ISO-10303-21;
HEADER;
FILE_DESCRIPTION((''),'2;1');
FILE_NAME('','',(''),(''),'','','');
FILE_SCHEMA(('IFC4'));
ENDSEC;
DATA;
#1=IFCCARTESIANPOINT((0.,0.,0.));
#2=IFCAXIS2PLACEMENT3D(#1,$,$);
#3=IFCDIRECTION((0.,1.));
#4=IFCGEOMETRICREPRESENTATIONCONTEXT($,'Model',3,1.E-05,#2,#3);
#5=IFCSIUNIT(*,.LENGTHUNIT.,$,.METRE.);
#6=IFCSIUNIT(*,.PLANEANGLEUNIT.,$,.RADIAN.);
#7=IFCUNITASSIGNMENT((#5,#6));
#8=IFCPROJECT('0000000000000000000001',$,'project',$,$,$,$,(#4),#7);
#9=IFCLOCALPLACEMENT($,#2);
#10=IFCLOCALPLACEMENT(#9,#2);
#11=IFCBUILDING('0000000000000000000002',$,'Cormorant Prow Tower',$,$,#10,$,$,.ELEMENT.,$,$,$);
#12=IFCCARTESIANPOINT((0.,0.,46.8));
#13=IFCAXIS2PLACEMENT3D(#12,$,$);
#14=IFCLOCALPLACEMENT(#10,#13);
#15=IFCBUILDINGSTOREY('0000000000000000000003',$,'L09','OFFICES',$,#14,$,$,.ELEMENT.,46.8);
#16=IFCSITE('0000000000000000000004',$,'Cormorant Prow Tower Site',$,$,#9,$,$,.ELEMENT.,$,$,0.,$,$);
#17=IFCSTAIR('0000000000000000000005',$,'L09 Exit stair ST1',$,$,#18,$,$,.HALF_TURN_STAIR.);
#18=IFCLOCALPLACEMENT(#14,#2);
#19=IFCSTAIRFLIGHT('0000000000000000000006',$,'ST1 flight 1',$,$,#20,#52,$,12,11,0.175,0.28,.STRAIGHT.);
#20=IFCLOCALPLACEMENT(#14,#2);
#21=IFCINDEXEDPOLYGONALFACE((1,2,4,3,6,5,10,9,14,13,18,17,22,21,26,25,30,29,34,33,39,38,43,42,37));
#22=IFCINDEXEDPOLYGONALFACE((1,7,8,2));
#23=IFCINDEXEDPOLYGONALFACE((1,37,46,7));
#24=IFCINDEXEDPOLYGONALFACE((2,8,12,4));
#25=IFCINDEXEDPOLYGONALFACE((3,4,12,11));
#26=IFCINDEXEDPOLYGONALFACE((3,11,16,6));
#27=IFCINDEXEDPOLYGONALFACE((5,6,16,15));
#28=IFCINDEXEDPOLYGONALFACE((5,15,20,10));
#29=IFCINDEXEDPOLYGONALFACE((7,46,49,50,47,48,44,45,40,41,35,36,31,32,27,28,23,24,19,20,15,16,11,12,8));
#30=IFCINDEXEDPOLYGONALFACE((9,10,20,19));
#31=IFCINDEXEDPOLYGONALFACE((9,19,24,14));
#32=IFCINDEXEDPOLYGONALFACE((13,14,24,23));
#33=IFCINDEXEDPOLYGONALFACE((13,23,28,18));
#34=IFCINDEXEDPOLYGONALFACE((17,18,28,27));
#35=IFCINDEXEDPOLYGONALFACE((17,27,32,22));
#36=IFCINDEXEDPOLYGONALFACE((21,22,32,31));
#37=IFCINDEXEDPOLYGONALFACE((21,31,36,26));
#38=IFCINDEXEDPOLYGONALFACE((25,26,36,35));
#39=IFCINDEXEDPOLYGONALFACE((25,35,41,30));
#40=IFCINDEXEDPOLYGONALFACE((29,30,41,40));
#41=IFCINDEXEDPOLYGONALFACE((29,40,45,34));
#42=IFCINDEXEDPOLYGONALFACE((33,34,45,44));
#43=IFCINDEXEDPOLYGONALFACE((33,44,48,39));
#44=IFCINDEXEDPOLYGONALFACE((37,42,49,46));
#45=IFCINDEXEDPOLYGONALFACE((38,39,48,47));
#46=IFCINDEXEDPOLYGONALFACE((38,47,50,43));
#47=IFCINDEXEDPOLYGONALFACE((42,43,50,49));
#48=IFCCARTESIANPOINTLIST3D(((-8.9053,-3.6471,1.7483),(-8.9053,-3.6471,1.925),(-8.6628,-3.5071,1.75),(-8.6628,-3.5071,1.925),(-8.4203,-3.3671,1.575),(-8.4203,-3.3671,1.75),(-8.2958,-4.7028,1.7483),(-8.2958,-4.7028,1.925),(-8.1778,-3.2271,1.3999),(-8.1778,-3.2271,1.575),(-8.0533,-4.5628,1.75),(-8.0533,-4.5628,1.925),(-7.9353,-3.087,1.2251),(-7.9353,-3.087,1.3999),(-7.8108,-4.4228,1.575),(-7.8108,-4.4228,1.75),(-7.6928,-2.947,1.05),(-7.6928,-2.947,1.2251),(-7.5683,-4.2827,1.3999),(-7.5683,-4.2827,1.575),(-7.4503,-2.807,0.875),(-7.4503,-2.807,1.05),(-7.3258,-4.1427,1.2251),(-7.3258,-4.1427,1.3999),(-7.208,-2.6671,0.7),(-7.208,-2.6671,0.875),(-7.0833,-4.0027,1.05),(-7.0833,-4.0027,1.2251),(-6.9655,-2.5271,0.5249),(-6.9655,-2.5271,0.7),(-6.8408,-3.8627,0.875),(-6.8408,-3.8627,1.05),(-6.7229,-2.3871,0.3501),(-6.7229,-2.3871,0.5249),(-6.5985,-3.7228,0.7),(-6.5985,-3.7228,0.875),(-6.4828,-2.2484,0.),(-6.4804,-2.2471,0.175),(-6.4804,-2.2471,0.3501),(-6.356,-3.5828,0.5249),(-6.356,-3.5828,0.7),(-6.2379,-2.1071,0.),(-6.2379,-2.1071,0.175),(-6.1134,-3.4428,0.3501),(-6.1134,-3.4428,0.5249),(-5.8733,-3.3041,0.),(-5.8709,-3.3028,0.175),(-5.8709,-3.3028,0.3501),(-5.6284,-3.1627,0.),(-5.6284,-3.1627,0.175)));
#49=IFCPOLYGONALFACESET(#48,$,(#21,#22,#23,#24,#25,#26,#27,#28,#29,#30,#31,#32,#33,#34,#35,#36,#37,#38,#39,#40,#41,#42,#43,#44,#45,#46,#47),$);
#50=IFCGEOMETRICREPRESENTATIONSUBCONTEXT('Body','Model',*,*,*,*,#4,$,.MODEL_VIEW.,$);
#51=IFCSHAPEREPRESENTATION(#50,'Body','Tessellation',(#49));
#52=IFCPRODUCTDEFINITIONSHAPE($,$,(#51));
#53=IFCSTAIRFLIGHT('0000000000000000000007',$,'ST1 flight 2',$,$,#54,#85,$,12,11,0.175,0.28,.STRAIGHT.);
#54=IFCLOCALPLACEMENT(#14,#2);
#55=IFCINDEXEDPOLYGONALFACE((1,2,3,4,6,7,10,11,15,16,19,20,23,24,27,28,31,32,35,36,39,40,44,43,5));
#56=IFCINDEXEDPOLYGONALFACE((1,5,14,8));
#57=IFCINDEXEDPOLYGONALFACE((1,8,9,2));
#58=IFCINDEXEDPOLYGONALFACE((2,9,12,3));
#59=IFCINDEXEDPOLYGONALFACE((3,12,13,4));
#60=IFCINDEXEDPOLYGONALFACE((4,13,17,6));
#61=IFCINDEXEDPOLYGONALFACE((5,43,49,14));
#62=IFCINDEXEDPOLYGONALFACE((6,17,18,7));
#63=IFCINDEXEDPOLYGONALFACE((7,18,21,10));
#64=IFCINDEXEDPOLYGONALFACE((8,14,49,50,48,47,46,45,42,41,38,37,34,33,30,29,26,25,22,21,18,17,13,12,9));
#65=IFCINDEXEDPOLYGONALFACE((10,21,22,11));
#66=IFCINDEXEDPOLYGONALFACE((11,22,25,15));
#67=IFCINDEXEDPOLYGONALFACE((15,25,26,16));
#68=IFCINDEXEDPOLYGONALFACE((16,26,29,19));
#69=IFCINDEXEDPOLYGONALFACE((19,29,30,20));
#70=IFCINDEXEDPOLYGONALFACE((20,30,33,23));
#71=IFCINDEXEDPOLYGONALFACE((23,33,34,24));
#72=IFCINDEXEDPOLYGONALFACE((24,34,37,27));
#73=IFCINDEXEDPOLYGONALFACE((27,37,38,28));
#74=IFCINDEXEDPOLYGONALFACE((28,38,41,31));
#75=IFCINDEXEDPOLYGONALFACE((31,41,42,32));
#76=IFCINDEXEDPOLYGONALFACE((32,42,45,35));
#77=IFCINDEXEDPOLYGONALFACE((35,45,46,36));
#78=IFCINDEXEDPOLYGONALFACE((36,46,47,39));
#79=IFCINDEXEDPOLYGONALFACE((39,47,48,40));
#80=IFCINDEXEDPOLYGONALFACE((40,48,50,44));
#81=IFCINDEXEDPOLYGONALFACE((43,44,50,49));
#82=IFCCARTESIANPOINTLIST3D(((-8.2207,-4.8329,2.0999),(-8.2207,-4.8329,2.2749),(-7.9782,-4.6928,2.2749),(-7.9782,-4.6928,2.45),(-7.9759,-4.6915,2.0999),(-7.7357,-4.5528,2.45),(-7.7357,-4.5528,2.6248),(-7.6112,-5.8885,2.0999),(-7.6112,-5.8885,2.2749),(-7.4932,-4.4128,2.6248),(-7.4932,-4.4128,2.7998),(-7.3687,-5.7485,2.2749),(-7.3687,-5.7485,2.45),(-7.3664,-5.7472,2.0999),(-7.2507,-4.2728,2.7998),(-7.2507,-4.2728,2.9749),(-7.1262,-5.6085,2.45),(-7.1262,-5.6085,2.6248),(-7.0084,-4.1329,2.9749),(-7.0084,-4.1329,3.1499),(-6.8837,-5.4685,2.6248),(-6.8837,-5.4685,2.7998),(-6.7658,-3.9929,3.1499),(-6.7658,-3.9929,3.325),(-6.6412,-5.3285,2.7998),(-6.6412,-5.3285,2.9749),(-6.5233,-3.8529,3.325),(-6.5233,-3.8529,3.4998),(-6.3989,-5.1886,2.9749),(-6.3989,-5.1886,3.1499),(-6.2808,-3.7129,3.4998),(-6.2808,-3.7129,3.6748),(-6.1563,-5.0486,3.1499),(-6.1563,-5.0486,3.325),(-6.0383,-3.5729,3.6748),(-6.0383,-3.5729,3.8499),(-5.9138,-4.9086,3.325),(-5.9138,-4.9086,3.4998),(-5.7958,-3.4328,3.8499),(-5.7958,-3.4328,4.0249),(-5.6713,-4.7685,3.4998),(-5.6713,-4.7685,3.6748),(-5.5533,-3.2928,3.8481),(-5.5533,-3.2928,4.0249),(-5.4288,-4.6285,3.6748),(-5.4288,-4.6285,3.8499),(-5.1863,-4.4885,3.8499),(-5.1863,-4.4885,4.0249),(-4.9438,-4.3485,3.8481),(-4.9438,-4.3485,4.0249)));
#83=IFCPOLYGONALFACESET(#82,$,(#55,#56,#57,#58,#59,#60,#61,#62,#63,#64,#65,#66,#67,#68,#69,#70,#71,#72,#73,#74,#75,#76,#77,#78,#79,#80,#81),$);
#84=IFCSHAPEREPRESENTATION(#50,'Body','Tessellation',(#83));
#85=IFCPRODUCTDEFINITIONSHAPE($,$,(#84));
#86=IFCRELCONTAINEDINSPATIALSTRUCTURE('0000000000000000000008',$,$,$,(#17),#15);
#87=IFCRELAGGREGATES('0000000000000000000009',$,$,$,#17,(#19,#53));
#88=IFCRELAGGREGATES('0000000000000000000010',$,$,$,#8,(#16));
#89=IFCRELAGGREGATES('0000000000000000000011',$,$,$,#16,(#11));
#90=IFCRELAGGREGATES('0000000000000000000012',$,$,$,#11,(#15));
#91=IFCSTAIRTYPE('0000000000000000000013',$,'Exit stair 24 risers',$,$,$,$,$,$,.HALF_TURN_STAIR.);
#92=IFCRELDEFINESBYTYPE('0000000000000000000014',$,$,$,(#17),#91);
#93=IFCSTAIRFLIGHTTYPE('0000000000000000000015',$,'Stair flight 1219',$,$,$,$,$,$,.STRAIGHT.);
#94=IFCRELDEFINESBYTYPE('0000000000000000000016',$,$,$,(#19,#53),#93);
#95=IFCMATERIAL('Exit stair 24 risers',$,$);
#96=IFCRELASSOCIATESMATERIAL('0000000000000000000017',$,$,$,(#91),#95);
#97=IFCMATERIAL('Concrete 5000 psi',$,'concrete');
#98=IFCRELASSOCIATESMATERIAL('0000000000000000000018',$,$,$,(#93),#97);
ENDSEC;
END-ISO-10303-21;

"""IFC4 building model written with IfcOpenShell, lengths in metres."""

from ifc_helpers import new_model, si_unit, direction, frame, origin, place, context, subcontext, project, spatial, polyline, outline, extrude, material, type_object, element, aggregate, save


model = new_model("IFC4")

# Units and contexts
model_context = context("Model", 3, precision=1e-05, world=origin(), true_north=direction((0.0, 1.0)))
body_context = subcontext(model_context, "Body", "Model", "MODEL_VIEW")
ifc_project = project(units=[si_unit("LENGTHUNIT", "METRE"), si_unit("PLANEANGLEUNIT", "RADIAN")], contexts=[model_context])

# Site, building, storey
site_placement = place(None, origin())
site = spatial("IfcSite", under=ifc_project, at=site_placement, Name="Cormorant Prow Tower Site", CompositionType="ELEMENT", RefElevation=0.0)
building_placement = place(site_placement, origin())
building = spatial("IfcBuilding", under=site, at=building_placement, Name="Cormorant Prow Tower", CompositionType="ELEMENT")
storey_placement = place(building_placement, frame((0.0, 0.0, 46.8)))
storey = spatial("IfcBuildingStorey", under=building, at=storey_placement, Name="L09", Description="OFFICES", CompositionType="ELEMENT", Elevation=46.8)

# Stair, stair flights
ifc_material_1 = material(Name="Exit stair 24 risers")
stair_type = type_object("IfcStairType", Name="Exit stair 24 risers", PredefinedType="HALF_TURN_STAIR", material=ifc_material_1)
stair_placement = place(storey_placement, origin())
stair = element("IfcStair", 1, at=stair_placement, inside=storey, type_object=stair_type, Name="L09 Exit stair ST1", PredefinedType="HALF_TURN_STAIR")
ifc_material_2 = material(Name="Concrete 5000 psi", Category="concrete")
stair_flight_type = type_object("IfcStairFlightType", Name="Stair flight 1219", PredefinedType="STRAIGHT", material=ifc_material_2)
stair_flight_1_placement = place(storey_placement, frame((-5.9331, -2.635, 0.0), z_axis=(0.0, 0.0, 1.0), x_axis=(-0.866025, -0.5, 0.0)))
stair_flight_1 = element("IfcStairFlight", 2, at=stair_flight_1_placement, type_object=stair_flight_type, Name="ST1 flight 1", NumberOfRisers=12, NumberOfTreads=11, PredefinedType="STRAIGHT", RiserHeight=0.175, TreadLength=0.28, context=body_context, shape_type="SweptSolid", body=[
    extrude(outline(polyline([(0.0, 0.0), (0.0, 0.175), (0.28, 0.175), (0.28, 0.3501), (0.5601, 0.3501), (0.5601, 0.5249), (0.8401, 0.5249), (0.8401, 0.7), (1.1201, 0.7), (1.1201, 0.875), (1.3999, 0.875), (1.3999, 1.05), (1.6799, 1.05), (1.6799, 1.2251), (1.96, 1.2251), (1.96, 1.3999), (2.24, 1.3999), (2.24, 1.575), (2.52, 1.575), (2.52, 1.75), (2.8, 1.75), (2.8, 1.925), (3.0801, 1.925), (3.0801, 2.1001), (3.0801, 1.7483), (0.2827, 0.0), (0.0, 0.0)])), frame((0.0, 0.6094, 0.0), z_axis=(0.0, -1.0, 0.0), x_axis=(1.0, 0.0, 0.0)), (0.0, 0.0, 1.0), 1.219),
])
stair_flight_2_placement = place(storey_placement, frame((-7.916, -5.3606, 2.0999), z_axis=(0.0, 0.0, 1.0), x_axis=(0.866025, 0.5, 0.0)))
stair_flight_2 = element("IfcStairFlight", 3, at=stair_flight_2_placement, type_object=stair_flight_type, Name="ST1 flight 2", NumberOfRisers=12, NumberOfTreads=11, PredefinedType="STRAIGHT", RiserHeight=0.175, TreadLength=0.28, context=body_context, shape_type="SweptSolid", body=[
    extrude(outline(polyline([(0.0, 0.0), (0.0, 0.175), (0.28, 0.175), (0.28, 0.3501), (0.5601, 0.3501), (0.5601, 0.5249), (0.8401, 0.5249), (0.8401, 0.7), (1.1201, 0.7), (1.1201, 0.875), (1.3999, 0.875), (1.3999, 1.05), (1.6799, 1.05), (1.6799, 1.2251), (1.96, 1.2251), (1.96, 1.3999), (2.24, 1.3999), (2.24, 1.575), (2.52, 1.575), (2.52, 1.75), (2.8, 1.75), (2.8, 1.925), (3.0801, 1.925), (3.0801, 2.1001), (3.0801, 1.7483), (0.2827, 0.0), (0.0, 0.0)])), frame((0.0, 0.6094, 0.0), z_axis=(0.0, -1.0, 0.0), x_axis=(1.0, 0.0, 0.0)), (0.0, 0.0, 1.0), 1.219),
])
aggregate(stair, [stair_flight_1, stair_flight_2])

save(model, "model.ifc")
